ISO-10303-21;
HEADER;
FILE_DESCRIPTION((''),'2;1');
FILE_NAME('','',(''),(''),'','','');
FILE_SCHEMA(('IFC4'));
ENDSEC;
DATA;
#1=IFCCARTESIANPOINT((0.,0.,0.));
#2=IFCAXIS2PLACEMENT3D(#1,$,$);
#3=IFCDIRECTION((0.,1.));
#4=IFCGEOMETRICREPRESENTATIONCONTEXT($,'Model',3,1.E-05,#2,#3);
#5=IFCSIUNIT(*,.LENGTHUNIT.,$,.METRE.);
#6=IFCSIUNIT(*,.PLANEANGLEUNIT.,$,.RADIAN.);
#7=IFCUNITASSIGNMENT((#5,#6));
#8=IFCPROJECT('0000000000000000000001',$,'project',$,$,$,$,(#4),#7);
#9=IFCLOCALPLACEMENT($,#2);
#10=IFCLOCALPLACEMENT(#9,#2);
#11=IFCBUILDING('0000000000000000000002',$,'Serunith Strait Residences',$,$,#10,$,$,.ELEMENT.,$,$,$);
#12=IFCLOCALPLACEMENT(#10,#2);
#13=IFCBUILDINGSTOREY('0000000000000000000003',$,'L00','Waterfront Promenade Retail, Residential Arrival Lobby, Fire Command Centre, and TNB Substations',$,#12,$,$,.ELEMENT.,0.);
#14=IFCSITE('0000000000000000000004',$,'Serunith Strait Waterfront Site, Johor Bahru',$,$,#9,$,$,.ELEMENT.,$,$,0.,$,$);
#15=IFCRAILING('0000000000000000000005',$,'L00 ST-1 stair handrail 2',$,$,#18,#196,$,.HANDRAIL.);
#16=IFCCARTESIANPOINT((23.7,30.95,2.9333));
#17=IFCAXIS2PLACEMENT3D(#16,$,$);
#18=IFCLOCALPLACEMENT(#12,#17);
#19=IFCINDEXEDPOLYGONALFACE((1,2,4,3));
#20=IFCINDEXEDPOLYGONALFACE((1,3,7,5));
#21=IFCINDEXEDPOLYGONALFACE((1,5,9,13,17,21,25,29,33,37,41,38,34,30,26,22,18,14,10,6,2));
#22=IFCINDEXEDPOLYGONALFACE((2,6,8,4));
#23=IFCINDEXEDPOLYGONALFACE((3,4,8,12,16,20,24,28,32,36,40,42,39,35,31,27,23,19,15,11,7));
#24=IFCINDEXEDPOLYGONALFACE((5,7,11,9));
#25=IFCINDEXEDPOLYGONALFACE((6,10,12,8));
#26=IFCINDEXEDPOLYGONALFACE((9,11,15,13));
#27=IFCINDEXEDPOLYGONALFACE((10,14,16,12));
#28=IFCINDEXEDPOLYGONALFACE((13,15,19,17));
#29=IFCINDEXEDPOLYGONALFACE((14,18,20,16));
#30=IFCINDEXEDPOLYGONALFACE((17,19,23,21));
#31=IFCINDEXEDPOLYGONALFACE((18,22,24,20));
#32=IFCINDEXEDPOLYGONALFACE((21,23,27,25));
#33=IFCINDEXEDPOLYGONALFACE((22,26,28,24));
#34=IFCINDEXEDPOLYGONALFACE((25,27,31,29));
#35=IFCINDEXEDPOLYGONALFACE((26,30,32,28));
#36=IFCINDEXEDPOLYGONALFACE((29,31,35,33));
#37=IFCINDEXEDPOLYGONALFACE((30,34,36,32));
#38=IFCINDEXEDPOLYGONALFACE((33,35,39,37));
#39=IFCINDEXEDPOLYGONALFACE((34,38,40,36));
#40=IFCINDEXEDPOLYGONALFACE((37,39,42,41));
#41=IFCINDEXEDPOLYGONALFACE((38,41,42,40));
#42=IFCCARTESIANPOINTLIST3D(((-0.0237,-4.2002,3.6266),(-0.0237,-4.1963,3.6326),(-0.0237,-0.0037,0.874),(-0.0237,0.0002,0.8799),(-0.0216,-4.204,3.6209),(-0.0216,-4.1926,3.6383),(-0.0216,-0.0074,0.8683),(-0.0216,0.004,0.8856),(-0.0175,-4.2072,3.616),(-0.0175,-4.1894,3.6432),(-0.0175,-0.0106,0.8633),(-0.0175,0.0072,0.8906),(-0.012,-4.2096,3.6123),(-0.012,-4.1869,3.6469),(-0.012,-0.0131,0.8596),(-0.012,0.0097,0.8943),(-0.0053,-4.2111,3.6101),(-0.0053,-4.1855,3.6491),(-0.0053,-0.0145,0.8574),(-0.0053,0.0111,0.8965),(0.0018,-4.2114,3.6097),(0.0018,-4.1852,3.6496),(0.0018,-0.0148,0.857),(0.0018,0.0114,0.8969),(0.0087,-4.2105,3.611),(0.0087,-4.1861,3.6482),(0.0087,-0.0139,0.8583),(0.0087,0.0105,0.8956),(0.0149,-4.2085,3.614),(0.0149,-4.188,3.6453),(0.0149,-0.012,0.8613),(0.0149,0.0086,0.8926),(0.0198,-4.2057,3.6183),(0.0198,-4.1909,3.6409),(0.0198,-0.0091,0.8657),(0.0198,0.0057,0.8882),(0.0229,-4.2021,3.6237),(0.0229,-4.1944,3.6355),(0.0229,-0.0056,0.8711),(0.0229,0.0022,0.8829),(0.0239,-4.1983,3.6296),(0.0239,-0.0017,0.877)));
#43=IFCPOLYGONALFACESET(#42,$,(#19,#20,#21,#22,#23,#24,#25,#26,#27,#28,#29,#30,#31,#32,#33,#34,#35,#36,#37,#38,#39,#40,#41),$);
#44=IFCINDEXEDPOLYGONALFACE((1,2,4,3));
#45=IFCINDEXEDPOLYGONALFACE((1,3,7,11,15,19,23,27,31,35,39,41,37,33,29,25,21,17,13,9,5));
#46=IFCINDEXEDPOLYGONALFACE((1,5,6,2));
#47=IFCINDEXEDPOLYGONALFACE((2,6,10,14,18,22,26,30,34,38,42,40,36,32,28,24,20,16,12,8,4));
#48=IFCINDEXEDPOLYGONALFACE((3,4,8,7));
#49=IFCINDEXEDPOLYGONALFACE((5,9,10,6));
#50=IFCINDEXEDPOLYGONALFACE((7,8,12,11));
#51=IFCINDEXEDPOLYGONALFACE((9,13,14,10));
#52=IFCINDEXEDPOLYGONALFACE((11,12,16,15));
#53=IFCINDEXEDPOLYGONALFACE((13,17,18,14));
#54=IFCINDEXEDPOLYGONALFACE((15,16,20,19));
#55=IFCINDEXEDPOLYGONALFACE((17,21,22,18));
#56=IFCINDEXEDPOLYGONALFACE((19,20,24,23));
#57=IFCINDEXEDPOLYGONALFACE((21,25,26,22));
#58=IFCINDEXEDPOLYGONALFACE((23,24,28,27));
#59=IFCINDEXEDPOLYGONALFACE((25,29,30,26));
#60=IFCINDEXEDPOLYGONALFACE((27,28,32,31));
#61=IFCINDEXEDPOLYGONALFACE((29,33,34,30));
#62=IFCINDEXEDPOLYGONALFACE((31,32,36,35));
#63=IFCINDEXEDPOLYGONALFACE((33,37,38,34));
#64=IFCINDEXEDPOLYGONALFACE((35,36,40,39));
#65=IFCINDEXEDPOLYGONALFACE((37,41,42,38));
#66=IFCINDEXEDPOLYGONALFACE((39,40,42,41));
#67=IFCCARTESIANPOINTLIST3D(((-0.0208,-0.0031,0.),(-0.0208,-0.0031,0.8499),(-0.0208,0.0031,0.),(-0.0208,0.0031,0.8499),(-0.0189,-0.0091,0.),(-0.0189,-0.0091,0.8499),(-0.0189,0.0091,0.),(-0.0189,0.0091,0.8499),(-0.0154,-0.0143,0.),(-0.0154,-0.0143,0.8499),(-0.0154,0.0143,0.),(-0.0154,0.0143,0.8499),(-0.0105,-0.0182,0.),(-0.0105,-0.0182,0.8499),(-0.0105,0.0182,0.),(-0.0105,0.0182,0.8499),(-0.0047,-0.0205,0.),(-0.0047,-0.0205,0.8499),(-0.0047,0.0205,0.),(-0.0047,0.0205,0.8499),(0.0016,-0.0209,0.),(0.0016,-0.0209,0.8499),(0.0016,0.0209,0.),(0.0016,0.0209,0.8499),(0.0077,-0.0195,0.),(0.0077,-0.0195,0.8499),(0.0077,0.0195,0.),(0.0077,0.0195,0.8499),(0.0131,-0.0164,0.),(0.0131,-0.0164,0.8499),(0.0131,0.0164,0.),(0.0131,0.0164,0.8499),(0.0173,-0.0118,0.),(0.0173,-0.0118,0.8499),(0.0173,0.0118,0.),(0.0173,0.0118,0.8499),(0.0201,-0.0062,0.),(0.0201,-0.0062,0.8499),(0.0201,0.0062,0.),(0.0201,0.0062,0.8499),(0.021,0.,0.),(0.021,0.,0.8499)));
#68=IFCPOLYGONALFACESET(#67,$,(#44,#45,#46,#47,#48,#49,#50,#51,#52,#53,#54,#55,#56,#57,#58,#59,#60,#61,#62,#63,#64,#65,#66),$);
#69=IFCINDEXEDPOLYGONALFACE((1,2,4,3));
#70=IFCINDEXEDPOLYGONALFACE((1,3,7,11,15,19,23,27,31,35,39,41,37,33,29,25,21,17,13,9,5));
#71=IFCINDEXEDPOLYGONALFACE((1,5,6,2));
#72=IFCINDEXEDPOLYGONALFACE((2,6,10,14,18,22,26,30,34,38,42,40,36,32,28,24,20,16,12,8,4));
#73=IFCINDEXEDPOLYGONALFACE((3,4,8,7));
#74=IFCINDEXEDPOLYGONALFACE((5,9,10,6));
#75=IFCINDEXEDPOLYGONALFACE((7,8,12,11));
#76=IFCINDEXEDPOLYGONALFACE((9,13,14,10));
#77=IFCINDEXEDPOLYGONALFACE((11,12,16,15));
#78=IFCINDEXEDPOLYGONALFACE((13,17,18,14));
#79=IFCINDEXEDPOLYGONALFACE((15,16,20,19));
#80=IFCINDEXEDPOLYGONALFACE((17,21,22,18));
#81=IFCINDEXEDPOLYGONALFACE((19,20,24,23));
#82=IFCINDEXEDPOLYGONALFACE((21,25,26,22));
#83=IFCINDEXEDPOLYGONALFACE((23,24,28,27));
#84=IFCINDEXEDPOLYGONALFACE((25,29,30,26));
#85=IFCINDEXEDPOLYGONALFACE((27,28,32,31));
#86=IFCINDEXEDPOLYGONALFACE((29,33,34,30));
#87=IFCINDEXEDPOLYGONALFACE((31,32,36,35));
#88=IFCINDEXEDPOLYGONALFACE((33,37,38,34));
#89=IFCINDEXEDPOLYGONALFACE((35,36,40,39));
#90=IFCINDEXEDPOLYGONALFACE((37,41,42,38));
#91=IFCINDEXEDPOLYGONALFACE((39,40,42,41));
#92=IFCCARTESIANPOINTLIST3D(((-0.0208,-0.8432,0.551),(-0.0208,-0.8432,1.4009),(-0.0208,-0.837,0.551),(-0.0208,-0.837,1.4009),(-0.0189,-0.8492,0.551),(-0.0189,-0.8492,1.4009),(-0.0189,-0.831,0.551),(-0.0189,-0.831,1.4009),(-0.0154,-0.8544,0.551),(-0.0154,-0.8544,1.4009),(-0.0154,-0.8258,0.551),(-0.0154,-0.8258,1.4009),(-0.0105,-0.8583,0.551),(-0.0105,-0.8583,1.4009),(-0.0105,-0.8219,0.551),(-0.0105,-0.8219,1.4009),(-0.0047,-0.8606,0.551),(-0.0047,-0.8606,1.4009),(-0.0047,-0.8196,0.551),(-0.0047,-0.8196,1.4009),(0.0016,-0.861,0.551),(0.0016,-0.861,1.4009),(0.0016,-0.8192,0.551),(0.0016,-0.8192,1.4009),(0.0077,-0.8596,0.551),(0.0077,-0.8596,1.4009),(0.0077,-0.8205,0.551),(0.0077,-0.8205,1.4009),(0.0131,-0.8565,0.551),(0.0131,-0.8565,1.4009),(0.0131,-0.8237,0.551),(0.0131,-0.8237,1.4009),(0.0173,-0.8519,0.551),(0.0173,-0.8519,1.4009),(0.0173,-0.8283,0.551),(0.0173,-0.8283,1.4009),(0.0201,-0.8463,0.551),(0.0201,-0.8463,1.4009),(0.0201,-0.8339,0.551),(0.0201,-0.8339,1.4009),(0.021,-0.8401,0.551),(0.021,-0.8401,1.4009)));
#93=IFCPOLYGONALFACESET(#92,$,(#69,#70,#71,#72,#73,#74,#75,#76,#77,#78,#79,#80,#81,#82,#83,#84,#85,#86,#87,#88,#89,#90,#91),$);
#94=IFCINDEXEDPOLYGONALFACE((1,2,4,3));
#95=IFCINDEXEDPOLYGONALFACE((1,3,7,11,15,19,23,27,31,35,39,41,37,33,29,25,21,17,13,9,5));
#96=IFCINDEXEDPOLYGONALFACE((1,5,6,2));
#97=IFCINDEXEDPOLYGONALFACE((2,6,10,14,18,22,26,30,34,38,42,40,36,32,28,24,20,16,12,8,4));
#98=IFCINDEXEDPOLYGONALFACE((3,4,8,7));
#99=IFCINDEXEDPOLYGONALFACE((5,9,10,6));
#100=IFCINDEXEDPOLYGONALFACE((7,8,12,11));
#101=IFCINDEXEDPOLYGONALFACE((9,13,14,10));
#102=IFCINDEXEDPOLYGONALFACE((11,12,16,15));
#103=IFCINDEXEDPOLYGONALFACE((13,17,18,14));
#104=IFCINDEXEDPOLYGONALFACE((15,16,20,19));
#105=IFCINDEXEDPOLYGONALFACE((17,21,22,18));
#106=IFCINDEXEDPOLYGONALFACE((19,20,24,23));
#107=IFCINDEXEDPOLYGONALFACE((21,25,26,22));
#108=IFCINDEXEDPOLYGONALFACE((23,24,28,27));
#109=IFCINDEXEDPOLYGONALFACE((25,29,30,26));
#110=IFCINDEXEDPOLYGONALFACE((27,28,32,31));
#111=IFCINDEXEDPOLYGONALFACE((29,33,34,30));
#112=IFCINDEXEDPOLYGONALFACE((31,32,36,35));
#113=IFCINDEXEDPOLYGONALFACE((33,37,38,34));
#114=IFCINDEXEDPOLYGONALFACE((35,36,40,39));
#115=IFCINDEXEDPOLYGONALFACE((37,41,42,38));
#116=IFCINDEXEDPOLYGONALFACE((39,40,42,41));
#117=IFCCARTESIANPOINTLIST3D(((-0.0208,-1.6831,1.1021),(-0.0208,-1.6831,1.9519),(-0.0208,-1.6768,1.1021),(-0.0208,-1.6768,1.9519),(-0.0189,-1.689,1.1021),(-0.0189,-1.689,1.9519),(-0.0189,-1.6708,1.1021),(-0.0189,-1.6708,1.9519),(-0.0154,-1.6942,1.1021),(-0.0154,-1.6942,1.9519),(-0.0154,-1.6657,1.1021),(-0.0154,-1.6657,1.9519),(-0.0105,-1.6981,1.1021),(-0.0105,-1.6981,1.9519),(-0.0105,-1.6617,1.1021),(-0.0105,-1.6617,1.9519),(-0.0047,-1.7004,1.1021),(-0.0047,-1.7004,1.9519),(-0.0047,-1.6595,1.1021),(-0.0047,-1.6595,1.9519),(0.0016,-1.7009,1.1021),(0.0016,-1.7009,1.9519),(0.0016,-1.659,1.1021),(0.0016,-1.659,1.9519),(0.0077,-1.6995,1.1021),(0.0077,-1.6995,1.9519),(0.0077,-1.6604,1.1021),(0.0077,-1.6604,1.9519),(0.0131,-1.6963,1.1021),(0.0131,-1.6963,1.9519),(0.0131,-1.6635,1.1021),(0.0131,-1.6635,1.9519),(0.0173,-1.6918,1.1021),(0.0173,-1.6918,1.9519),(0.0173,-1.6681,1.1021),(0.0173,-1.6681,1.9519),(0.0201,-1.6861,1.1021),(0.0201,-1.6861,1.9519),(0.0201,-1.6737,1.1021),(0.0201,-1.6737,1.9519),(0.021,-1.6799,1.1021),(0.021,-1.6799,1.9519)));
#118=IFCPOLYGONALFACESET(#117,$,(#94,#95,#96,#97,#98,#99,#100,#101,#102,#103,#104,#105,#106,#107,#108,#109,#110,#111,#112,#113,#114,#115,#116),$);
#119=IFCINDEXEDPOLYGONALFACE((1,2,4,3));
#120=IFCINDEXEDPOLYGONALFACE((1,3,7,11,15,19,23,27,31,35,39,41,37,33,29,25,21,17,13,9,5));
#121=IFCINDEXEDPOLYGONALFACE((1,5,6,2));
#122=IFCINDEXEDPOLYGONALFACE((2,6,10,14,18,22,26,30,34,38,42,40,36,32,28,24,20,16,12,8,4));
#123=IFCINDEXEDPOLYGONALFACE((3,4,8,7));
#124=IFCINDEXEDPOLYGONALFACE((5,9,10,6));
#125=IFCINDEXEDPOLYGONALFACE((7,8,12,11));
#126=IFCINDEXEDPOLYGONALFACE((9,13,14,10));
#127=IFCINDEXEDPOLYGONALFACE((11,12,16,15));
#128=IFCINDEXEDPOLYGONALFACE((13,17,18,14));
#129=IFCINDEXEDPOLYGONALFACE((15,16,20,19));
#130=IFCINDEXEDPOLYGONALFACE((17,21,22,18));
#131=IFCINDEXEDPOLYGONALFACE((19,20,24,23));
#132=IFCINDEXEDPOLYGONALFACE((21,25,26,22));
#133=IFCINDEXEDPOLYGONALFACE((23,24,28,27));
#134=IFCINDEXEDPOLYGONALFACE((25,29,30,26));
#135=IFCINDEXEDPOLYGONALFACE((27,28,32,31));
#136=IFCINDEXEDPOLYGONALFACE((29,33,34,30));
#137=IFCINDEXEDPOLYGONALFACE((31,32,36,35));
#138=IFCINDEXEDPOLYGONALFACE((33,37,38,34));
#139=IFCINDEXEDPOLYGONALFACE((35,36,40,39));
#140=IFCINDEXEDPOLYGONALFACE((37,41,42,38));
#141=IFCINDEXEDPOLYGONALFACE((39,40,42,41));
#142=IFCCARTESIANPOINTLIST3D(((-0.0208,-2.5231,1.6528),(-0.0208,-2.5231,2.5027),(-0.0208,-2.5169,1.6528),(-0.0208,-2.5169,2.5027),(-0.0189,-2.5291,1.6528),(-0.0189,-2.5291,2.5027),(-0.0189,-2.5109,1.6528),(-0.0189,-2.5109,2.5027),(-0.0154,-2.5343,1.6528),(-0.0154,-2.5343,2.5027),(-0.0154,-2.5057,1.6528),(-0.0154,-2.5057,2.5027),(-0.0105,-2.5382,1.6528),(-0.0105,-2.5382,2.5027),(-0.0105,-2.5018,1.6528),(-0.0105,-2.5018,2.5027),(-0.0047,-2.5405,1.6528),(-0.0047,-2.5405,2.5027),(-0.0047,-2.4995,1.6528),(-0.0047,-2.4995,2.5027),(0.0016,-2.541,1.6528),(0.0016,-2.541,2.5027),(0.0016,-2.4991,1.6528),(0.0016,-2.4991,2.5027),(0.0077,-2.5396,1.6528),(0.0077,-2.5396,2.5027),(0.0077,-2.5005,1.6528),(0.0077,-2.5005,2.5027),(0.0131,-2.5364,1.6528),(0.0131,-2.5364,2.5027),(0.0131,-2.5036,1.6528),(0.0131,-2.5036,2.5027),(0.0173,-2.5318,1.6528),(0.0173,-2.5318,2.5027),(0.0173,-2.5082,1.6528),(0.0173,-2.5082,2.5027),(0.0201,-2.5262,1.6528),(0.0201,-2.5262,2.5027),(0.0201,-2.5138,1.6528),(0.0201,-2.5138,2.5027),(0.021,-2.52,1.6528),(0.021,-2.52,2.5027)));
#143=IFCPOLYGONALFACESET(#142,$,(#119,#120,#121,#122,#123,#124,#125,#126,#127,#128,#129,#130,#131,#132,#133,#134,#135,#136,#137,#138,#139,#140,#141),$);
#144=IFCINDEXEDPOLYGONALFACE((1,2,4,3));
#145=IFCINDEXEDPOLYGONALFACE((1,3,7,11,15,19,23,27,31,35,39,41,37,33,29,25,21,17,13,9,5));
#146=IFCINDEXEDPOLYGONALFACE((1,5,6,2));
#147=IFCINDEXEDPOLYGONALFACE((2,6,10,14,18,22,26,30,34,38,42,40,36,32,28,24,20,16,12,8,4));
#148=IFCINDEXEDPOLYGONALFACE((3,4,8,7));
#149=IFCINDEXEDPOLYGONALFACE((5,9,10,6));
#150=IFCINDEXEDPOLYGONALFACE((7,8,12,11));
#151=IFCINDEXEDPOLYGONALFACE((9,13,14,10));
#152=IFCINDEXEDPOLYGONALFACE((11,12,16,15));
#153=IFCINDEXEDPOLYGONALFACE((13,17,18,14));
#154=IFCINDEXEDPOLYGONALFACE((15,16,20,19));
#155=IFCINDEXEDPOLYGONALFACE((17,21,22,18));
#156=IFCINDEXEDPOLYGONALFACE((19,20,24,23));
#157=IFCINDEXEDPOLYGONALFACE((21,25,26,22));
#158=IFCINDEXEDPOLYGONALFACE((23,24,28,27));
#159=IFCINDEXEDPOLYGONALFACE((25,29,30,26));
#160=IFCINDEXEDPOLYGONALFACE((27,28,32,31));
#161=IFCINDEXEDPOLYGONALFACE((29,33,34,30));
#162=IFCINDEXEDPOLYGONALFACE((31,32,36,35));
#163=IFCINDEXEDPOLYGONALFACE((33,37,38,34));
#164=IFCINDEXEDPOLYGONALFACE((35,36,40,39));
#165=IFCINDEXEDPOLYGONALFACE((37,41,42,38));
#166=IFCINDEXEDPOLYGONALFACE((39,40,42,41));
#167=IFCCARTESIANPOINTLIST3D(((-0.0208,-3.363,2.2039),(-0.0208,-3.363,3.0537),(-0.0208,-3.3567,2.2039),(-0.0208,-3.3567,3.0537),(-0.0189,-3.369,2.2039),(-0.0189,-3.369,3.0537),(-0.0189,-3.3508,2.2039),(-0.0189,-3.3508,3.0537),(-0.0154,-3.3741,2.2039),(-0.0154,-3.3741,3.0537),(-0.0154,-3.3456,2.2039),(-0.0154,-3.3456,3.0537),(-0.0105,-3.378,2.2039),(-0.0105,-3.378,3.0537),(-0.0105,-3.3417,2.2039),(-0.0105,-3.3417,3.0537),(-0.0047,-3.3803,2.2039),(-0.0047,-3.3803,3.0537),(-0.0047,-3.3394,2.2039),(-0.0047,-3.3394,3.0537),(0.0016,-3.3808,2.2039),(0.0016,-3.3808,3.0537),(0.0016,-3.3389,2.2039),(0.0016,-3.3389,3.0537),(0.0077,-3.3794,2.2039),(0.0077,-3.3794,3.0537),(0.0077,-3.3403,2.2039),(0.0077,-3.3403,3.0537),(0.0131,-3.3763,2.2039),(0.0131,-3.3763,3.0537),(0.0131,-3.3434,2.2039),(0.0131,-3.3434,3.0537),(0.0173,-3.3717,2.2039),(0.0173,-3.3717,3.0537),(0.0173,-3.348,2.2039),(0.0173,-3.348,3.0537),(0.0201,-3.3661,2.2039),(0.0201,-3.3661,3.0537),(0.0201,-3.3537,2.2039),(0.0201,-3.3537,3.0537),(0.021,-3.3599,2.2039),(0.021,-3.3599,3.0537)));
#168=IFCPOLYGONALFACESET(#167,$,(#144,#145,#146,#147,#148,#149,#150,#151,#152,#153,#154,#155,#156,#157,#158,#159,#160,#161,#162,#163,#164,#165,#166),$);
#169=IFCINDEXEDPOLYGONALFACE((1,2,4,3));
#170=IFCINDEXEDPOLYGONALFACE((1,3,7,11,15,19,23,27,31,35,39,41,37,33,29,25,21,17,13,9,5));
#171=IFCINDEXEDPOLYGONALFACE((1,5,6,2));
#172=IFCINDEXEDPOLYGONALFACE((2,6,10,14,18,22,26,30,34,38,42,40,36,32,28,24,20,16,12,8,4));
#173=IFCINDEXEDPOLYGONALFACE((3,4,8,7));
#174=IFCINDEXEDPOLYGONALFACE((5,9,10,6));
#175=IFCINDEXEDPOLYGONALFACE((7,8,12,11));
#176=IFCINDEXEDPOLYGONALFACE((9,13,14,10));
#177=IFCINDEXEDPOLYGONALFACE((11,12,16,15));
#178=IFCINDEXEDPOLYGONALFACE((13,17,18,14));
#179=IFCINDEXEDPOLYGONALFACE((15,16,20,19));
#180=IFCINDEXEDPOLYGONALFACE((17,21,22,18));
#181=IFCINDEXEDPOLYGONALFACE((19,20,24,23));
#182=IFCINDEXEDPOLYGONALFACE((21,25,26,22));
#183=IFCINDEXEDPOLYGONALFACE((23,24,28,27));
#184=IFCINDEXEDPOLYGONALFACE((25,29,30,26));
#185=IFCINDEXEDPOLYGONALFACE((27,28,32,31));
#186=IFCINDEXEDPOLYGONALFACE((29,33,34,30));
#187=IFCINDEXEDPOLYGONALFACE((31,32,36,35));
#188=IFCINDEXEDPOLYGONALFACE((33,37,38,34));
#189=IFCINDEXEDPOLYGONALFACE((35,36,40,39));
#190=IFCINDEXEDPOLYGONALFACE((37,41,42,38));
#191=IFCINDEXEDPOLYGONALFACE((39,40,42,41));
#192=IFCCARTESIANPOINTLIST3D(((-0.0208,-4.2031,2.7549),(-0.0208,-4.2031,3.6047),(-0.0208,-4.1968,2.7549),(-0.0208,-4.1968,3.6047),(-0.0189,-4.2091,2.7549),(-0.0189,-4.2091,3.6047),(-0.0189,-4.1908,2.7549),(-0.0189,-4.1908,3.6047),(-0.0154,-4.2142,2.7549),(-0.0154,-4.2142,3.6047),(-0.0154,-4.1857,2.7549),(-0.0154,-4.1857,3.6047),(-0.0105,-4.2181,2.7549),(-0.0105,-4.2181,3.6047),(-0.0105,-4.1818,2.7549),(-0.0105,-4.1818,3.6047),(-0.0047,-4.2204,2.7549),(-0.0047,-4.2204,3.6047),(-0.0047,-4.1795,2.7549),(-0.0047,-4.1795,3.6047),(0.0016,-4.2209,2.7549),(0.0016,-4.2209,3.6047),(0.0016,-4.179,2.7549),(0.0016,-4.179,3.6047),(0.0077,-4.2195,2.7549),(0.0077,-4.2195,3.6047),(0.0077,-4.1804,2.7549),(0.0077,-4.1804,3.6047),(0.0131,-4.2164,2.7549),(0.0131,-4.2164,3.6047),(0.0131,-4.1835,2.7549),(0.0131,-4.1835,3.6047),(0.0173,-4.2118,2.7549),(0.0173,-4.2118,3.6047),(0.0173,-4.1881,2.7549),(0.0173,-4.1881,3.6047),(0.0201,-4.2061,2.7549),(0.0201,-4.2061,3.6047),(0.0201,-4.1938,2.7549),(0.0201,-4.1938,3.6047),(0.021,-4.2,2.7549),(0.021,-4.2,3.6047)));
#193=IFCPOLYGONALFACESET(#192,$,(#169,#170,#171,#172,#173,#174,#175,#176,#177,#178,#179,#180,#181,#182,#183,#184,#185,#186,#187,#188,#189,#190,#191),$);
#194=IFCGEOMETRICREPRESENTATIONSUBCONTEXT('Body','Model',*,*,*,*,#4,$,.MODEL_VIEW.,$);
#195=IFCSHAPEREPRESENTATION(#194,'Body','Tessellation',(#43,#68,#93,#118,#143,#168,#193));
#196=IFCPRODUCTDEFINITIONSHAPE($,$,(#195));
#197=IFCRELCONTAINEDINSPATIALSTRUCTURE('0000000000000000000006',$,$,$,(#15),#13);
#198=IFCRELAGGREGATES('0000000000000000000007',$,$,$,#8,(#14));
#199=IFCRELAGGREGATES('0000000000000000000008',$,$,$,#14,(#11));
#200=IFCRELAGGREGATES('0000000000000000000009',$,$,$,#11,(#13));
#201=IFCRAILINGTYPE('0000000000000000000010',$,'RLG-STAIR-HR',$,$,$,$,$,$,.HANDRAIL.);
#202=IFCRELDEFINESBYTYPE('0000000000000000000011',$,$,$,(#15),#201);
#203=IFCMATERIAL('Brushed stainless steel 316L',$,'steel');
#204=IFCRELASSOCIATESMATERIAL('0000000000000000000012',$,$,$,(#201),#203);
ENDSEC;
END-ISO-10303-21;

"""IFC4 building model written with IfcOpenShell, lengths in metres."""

from ifc_helpers import new_model, si_unit, direction, frame, origin, origin_2d, place, context, subcontext, project, spatial, circle, extrude, material, type_object, element, save


model = new_model("IFC4")

# Units and contexts
model_context = context("Model", 3, precision=1e-05, world=origin(), true_north=direction((0.0, 1.0)))
body_context = subcontext(model_context, "Body", "Model", "MODEL_VIEW")
ifc_project = project(units=[si_unit("LENGTHUNIT", "METRE"), si_unit("PLANEANGLEUNIT", "RADIAN")], contexts=[model_context])

# Site, building, storey
site_placement = place(None, origin())
site = spatial("IfcSite", under=ifc_project, at=site_placement, Name="Serunith Strait Waterfront Site, Johor Bahru", CompositionType="ELEMENT", RefElevation=0.0)
building_placement = place(site_placement, origin())
building = spatial("IfcBuilding", under=site, at=building_placement, Name="Serunith Strait Residences", CompositionType="ELEMENT")
storey_placement = place(building_placement, origin())
storey = spatial("IfcBuildingStorey", under=building, at=storey_placement, Name="L00", Description="Waterfront Promenade Retail, Residential Arrival Lobby, Fire Command Centre, and TNB Substations", CompositionType="ELEMENT", Elevation=0.0)

# Railing
ifc_material_1 = material(Name="Brushed stainless steel 316L", Category="steel")
railing_type_1 = type_object("IfcRailingType", Name="RLG-STAIR-HR", PredefinedType="HANDRAIL", material=ifc_material_1)
railing_1_placement = place(storey_placement, frame((23.7, 30.95, 2.9333)))
element("IfcRailing", 1, at=railing_1_placement, inside=storey, type_object=railing_type_1, Name="L00 ST-1 stair handrail 2", PredefinedType="HANDRAIL", context=body_context, shape_type="SweptSolid", body=[
    extrude(circle(Radius=0.0239, at=origin_2d()), frame((0.0, -0.0017, 0.877), z_axis=(0.0, -0.83617, 0.548471), x_axis=(1.0, 0.0, 0.0)), (0.0, 0.0, 1.0), 5.0188),
    extrude(circle(Radius=0.021, at=origin_2d()), origin(), (0.0, 0.0, 1.0), 0.8499),
    extrude(circle(Radius=0.021, at=origin_2d()), frame((0.0, -0.8401, 0.551)), (0.0, 0.0, 1.0), 0.8499),
    extrude(circle(Radius=0.021, at=origin_2d()), frame((0.0, -1.6799, 1.1021)), (0.0, 0.0, 1.0), 0.8499),
    extrude(circle(Radius=0.021, at=origin_2d()), frame((0.0, -2.52, 1.6528)), (0.0, 0.0, 1.0), 0.8499),
    extrude(circle(Radius=0.021, at=origin_2d()), frame((0.0, -3.3599, 2.2039)), (0.0, 0.0, 1.0), 0.8499),
    extrude(circle(Radius=0.021, at=origin_2d()), frame((0.0, -4.2, 2.7549)), (0.0, 0.0, 1.0), 0.8499),
])

save(model, "model.ifc")
